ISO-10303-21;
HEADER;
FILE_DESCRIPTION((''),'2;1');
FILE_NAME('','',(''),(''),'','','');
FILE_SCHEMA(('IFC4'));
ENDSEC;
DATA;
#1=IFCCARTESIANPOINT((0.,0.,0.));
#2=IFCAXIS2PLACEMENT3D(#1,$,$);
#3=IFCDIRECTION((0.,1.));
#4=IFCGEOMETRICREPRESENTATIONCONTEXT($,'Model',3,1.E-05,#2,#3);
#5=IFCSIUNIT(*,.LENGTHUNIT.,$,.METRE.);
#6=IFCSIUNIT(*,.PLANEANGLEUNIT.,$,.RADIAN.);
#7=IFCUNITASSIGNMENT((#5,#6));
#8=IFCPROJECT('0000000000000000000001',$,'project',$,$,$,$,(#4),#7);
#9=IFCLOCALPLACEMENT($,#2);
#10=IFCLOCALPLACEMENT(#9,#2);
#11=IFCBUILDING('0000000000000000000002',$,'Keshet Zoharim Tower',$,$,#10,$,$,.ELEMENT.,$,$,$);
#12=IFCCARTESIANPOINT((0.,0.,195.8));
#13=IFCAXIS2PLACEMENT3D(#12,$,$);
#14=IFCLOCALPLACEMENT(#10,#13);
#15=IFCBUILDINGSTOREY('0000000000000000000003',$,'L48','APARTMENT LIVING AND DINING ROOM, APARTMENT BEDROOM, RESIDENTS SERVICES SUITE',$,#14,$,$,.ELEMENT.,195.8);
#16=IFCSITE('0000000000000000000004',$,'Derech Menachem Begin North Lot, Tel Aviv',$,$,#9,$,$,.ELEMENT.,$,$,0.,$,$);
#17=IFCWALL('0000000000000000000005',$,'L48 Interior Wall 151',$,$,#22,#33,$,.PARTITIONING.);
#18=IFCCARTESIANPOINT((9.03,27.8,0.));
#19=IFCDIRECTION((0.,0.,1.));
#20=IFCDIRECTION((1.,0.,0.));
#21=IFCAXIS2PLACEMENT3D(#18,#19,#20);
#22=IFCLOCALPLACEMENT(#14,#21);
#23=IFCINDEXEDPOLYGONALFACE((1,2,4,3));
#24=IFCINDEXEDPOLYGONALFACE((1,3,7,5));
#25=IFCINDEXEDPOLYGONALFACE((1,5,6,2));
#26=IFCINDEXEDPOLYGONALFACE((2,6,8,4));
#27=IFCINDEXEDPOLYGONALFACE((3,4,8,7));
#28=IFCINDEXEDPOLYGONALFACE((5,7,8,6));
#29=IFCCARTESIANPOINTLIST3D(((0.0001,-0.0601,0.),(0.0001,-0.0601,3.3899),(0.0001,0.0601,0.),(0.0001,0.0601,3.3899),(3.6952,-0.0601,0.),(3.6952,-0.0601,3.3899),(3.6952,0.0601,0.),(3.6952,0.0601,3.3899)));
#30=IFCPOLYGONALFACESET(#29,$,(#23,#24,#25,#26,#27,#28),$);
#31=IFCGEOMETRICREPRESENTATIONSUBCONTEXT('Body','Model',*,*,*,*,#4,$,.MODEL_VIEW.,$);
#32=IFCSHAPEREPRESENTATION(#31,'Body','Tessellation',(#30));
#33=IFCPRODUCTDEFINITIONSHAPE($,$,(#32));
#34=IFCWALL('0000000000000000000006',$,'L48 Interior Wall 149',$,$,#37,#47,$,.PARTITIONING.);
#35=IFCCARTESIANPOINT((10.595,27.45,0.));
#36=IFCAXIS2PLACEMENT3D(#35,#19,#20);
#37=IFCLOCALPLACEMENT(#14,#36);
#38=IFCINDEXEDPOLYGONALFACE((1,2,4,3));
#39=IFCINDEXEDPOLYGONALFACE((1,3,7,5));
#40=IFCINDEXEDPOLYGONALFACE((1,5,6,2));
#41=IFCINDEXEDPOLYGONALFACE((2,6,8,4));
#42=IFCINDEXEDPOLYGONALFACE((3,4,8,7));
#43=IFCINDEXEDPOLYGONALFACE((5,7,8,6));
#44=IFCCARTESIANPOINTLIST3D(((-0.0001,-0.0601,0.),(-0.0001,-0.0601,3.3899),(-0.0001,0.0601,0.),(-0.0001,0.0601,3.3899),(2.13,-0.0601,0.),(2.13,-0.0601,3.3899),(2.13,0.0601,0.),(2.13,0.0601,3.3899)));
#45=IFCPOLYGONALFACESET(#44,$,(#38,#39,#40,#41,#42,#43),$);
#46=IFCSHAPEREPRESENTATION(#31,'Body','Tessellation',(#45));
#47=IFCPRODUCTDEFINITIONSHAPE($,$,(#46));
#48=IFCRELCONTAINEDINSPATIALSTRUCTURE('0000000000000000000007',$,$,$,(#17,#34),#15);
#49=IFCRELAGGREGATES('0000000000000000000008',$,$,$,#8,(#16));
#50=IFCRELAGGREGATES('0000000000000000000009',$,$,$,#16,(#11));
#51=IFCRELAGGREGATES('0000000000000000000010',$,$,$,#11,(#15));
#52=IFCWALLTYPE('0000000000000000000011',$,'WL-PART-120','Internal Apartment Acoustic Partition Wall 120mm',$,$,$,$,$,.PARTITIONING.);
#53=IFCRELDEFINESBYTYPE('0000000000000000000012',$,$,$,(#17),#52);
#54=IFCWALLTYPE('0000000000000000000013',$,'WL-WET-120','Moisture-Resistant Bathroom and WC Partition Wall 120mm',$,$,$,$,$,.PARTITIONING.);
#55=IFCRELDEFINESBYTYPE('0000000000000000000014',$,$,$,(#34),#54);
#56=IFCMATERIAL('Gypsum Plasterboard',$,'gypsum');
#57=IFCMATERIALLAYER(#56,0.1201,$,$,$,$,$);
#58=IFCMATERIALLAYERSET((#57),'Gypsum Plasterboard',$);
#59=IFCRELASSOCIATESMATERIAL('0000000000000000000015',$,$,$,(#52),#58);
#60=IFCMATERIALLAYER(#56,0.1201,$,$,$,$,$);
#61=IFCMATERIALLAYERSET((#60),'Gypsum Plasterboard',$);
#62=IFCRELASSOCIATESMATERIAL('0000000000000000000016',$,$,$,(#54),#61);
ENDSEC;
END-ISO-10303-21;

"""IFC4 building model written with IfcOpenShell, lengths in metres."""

from ifc_helpers import new_model, si_unit, direction, frame, frame_2d, origin, place, context, subcontext, project, spatial, rectangle, extrude, material, layer, layer_set, type_object, element, save


model = new_model("IFC4")

# Units and contexts
model_context = context("Model", 3, precision=1e-05, world=origin(), true_north=direction((0.0, 1.0)))
body_context = subcontext(model_context, "Body", "Model", "MODEL_VIEW")
ifc_project = project(units=[si_unit("LENGTHUNIT", "METRE"), si_unit("PLANEANGLEUNIT", "RADIAN")], contexts=[model_context])

# Site, building, storey
site_placement = place(None, origin())
site = spatial("IfcSite", under=ifc_project, at=site_placement, Name="Derech Menachem Begin North Lot, Tel Aviv", CompositionType="ELEMENT", RefElevation=0.0)
building_placement = place(site_placement, origin())
building = spatial("IfcBuilding", under=site, at=building_placement, Name="Keshet Zoharim Tower", CompositionType="ELEMENT")
storey_placement = place(building_placement, frame((0.0, 0.0, 195.8)))
storey = spatial("IfcBuildingStorey", under=building, at=storey_placement, Name="L48", Description="APARTMENT LIVING AND DINING ROOM, APARTMENT BEDROOM, RESIDENTS SERVICES SUITE", CompositionType="ELEMENT", Elevation=195.8)

# Shared definitions
ifc_material_1 = material(Name="Gypsum Plasterboard", Category="gypsum")

# Wall
ifc_layer_1 = layer(ifc_material_1, 0.1201)
ifc_layer_set_1 = layer_set([ifc_layer_1], Name="Gypsum Plasterboard")
wall_type_1 = type_object("IfcWallType", Name="WL-PART-120", Description="Internal Apartment Acoustic Partition Wall 120mm", PredefinedType="PARTITIONING", material=ifc_layer_set_1)
wall_1_placement = place(storey_placement, frame((9.03, 27.8, 0.0), z_axis=(0.0, 0.0, 1.0), x_axis=(1.0, 0.0, 0.0)))
element("IfcWall", 1, at=wall_1_placement, inside=storey, type_object=wall_type_1, Name="L48 Interior Wall 151", PredefinedType="PARTITIONING", context=body_context, shape_type="SweptSolid", body=[
    extrude(rectangle(XDim=3.6951, YDim=0.1201, at=frame_2d((1.8477, 0.0))), origin(), (0.0, 0.0, 1.0), 3.3899),
])

# Wall
ifc_layer_2 = layer(ifc_material_1, 0.1201)
ifc_layer_set_2 = layer_set([ifc_layer_2], Name="Gypsum Plasterboard")
wall_type_2 = type_object("IfcWallType", Name="WL-WET-120", Description="Moisture-Resistant Bathroom and WC Partition Wall 120mm", PredefinedType="PARTITIONING", material=ifc_layer_set_2)
wall_2_placement = place(storey_placement, frame((10.595, 27.45, 0.0), z_axis=(0.0, 0.0, 1.0), x_axis=(1.0, 0.0, 0.0)))
element("IfcWall", 2, at=wall_2_placement, inside=storey, type_object=wall_type_2, Name="L48 Interior Wall 149", PredefinedType="PARTITIONING", context=body_context, shape_type="SweptSolid", body=[
    extrude(rectangle(XDim=2.1301, YDim=0.1201, at=frame_2d((1.0649, 0.0))), origin(), (0.0, 0.0, 1.0), 3.3899),
])

save(model, "model.ifc")
